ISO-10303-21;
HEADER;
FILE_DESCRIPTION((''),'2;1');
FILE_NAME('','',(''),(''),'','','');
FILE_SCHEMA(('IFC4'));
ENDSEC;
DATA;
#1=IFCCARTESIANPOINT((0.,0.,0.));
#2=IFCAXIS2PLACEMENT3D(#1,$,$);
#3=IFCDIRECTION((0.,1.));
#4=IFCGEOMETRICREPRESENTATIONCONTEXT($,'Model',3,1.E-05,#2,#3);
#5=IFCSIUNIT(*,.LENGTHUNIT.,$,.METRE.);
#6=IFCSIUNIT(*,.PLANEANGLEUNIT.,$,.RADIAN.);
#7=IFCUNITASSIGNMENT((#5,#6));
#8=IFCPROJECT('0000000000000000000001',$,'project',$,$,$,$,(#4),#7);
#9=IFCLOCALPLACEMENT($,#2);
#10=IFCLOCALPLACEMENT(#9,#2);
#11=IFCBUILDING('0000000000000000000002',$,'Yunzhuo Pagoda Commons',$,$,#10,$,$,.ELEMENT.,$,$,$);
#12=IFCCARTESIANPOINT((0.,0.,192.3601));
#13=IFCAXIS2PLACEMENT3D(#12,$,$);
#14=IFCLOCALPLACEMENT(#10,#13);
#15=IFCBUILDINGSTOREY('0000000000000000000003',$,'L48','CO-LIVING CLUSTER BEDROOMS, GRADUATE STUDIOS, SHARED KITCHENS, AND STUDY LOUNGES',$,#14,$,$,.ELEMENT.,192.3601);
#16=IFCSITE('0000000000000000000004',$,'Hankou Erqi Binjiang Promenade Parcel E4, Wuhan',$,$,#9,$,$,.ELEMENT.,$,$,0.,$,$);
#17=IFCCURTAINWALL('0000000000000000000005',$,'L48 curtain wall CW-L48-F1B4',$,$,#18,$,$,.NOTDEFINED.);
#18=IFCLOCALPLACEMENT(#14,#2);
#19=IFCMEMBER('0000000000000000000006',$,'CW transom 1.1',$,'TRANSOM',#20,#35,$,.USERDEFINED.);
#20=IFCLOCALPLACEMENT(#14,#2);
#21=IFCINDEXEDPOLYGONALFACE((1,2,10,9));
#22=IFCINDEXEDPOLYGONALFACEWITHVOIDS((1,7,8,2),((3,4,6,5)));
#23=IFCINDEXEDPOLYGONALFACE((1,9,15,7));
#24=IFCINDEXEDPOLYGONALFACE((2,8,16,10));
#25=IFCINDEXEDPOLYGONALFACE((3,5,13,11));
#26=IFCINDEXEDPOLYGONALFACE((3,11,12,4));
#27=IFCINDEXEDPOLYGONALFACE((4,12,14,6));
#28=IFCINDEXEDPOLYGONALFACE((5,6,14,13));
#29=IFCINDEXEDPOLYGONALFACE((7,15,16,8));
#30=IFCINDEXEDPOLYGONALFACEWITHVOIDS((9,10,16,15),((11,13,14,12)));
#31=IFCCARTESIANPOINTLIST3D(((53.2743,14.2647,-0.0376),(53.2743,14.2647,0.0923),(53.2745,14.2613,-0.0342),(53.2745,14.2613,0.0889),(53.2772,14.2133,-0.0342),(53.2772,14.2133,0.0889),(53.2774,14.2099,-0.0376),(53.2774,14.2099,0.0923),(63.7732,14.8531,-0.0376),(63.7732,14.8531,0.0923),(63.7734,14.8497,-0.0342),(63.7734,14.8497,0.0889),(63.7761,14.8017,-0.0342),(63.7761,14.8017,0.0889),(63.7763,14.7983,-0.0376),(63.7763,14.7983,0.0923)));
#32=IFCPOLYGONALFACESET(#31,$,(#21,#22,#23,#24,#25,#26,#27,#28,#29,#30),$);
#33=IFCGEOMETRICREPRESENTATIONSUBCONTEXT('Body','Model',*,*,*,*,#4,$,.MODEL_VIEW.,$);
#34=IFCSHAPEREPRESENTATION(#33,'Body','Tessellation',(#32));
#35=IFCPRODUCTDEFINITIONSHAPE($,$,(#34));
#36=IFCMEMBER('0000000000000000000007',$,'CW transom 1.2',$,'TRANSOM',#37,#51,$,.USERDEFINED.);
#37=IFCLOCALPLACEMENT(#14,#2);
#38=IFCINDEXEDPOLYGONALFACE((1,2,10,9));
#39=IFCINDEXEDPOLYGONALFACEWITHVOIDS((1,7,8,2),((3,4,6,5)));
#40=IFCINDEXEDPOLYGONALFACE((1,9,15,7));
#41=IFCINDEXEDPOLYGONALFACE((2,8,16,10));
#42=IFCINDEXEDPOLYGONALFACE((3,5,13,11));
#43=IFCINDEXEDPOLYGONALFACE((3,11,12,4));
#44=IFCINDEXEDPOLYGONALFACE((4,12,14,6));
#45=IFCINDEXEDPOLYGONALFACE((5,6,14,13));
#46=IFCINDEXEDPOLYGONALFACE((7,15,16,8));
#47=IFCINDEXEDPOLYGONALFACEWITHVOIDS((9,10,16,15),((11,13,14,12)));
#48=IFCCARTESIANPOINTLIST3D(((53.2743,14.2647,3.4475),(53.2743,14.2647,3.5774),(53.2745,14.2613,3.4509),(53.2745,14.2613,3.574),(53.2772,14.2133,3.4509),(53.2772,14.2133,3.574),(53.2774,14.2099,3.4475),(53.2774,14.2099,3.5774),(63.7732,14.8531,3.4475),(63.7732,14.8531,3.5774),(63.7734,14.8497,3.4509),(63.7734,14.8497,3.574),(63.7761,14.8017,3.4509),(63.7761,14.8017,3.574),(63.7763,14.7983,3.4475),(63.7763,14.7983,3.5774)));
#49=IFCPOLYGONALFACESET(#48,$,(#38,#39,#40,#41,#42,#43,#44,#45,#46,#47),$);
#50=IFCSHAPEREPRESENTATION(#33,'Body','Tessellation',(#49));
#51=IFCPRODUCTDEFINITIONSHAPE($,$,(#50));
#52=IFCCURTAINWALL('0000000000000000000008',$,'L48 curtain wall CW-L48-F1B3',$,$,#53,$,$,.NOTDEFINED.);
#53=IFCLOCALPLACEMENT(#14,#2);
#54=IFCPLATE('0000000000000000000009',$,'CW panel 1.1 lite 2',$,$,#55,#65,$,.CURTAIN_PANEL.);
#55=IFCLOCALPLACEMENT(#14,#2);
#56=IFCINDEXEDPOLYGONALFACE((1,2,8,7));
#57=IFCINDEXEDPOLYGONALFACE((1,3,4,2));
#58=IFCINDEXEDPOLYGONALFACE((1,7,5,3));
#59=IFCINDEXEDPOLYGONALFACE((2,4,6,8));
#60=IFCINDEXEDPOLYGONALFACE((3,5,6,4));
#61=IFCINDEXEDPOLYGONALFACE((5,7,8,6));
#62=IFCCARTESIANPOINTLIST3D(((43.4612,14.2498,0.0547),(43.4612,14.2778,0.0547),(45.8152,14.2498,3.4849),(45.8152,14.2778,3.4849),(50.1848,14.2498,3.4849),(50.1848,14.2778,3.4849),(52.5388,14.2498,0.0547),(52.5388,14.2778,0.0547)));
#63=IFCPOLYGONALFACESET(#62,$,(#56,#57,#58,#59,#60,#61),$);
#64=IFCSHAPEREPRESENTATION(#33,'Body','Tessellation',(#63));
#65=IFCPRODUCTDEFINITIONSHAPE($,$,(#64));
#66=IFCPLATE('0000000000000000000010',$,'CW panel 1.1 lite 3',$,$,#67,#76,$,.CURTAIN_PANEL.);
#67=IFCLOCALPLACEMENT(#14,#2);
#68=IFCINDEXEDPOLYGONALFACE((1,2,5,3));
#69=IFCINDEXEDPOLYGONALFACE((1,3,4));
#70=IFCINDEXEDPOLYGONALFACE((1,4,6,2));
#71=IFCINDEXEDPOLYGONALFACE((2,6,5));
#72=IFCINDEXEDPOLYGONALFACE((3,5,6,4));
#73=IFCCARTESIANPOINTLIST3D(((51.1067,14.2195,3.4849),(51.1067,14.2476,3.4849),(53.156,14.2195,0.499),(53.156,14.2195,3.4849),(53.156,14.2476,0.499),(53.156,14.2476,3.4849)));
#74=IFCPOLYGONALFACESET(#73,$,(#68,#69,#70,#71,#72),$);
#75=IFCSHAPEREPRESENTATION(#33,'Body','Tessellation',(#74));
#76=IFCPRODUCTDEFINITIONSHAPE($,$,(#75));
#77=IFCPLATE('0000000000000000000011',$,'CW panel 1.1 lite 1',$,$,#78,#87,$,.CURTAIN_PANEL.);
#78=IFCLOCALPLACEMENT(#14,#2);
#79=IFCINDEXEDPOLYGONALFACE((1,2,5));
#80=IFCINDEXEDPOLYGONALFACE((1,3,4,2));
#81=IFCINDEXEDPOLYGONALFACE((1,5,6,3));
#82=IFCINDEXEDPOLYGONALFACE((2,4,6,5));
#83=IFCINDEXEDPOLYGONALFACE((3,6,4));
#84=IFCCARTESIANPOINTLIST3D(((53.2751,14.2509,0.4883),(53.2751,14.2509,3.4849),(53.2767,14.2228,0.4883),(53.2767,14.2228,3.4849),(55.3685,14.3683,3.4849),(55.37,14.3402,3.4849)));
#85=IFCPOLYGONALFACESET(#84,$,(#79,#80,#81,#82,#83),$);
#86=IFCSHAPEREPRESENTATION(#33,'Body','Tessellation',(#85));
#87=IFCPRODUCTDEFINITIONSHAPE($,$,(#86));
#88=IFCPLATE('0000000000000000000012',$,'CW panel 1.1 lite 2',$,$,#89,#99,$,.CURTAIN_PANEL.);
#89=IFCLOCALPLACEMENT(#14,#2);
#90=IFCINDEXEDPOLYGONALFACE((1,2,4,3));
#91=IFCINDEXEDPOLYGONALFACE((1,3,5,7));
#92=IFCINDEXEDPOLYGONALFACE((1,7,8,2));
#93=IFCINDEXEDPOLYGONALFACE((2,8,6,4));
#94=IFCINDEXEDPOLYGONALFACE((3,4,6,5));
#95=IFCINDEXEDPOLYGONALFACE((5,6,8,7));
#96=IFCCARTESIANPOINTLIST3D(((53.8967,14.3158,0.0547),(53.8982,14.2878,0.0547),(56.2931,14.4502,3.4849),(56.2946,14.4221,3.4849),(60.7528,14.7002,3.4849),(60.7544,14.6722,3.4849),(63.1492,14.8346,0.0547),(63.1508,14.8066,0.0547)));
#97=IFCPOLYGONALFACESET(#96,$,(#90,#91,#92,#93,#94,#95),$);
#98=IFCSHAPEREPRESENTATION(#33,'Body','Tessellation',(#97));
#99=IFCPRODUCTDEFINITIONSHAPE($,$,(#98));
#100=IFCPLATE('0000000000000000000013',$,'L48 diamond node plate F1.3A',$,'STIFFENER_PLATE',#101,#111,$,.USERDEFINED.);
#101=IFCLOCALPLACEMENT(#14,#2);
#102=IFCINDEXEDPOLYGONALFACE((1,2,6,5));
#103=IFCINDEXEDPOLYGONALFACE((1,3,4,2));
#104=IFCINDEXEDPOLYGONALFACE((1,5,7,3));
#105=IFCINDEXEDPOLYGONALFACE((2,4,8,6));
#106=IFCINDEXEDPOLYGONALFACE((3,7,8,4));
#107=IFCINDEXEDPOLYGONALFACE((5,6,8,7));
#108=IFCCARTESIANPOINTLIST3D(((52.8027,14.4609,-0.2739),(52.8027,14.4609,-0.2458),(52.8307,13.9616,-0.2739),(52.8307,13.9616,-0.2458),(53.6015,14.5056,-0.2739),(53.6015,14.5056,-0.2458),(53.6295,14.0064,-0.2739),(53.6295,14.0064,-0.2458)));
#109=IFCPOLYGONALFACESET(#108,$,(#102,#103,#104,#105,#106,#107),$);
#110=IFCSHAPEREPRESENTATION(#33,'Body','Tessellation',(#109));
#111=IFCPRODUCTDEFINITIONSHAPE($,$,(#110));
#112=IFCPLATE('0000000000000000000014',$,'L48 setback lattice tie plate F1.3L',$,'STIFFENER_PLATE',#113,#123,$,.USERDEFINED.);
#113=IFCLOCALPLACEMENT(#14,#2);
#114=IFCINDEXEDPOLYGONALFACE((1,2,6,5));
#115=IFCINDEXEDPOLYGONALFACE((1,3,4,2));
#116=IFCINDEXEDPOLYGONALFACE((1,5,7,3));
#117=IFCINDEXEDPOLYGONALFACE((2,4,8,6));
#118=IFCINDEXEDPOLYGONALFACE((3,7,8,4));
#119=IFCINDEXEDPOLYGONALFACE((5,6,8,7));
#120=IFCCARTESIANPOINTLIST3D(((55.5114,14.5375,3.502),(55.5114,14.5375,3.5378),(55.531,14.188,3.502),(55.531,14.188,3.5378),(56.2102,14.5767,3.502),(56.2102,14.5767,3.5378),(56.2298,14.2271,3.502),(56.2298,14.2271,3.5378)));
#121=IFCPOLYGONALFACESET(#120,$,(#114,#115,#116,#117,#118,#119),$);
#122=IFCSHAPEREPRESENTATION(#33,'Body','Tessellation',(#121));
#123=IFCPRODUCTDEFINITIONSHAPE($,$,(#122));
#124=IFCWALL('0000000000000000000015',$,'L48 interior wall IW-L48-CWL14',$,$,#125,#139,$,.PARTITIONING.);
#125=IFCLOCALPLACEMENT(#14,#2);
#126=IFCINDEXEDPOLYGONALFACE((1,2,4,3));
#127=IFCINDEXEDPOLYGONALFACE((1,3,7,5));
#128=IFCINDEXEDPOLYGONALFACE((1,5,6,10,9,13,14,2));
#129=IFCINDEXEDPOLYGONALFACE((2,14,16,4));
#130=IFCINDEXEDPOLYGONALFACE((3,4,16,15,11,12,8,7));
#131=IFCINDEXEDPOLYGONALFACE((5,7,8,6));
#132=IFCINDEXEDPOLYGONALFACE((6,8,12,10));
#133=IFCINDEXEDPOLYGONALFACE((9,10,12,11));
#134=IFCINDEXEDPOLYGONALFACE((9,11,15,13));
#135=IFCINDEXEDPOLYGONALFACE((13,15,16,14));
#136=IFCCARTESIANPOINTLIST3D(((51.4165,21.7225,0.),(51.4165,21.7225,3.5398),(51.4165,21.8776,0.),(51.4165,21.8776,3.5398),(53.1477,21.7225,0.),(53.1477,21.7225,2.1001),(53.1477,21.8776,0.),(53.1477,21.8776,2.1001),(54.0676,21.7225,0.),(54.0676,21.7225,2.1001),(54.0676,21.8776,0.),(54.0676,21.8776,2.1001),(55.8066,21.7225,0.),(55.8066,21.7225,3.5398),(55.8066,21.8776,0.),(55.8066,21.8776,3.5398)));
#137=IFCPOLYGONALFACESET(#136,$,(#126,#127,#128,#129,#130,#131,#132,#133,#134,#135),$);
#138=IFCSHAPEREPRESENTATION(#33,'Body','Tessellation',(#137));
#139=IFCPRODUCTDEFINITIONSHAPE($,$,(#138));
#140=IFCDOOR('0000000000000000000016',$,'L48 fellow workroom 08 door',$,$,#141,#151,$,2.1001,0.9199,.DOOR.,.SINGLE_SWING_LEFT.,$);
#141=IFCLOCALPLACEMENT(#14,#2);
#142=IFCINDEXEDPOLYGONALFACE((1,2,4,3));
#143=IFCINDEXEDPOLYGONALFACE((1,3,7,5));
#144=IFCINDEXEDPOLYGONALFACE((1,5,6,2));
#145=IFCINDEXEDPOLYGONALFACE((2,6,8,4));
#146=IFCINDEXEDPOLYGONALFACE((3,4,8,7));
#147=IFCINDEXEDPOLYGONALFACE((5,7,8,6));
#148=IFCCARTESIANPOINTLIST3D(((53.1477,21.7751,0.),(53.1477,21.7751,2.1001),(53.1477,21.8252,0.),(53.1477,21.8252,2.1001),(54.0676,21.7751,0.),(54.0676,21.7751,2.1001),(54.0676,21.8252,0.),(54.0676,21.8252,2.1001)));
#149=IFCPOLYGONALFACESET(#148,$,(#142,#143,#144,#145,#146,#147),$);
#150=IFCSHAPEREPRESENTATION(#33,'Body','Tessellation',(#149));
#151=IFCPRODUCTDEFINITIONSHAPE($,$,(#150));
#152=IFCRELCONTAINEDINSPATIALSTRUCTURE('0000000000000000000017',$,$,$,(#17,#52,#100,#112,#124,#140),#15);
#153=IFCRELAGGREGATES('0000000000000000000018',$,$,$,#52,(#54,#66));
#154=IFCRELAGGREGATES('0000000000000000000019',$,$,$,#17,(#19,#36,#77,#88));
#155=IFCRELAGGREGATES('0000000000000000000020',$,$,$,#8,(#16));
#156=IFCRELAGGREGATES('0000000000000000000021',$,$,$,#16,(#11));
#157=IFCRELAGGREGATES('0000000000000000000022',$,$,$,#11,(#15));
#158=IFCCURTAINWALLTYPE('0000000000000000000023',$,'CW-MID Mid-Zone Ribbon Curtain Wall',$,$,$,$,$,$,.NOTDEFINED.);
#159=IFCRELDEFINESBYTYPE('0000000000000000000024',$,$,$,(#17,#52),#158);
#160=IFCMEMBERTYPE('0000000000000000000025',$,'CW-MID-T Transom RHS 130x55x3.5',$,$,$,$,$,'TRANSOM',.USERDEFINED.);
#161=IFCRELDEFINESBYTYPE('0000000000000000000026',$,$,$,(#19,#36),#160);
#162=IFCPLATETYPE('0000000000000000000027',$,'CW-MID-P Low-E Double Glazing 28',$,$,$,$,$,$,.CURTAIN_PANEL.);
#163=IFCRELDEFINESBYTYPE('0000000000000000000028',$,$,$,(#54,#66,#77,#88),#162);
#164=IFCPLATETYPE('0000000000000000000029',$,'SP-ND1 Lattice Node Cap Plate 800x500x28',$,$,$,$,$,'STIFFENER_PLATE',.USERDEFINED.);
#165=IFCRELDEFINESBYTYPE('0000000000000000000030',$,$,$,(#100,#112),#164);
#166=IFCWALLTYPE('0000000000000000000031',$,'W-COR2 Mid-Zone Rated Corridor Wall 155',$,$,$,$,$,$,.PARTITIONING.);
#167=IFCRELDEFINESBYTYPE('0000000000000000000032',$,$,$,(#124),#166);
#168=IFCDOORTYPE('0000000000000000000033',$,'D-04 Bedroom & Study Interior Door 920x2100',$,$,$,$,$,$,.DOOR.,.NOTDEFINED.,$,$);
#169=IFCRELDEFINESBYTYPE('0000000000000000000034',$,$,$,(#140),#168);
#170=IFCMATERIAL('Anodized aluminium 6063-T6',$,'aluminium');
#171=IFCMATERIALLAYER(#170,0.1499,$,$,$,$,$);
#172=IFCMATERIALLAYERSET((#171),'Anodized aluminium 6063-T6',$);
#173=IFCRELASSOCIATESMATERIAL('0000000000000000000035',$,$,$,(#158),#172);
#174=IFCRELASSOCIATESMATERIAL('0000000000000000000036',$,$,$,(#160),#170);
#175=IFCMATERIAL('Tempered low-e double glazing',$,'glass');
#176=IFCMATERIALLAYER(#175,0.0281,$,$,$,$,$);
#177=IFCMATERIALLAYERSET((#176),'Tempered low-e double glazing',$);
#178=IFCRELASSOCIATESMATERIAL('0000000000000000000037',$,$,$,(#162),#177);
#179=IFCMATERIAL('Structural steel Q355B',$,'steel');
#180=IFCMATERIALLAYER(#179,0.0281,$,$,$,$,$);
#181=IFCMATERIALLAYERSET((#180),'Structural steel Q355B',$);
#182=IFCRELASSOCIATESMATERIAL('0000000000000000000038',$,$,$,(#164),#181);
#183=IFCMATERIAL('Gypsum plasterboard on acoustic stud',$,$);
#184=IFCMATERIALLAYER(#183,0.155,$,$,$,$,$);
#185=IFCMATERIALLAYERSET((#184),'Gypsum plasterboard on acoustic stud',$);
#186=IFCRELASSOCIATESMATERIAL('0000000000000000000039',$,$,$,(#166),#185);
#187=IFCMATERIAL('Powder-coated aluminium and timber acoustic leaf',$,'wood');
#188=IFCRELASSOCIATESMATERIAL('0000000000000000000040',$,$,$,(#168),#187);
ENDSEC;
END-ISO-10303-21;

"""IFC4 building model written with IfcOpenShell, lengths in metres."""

from ifc_helpers import new_model, si_unit, direction, frame, frame_2d, origin, origin_with_axes, origin_2d, place, context, subcontext, project, spatial, polyline, rectangle, hollow_rectangle, outline, extrude, source, transform, mapped, material, layer, layer_set, material_profile, profile_set, type_object, element, fill, aggregate, save


model = new_model("IFC4")

# Units and contexts
model_context = context("Model", 3, precision=1e-05, world=origin(), true_north=direction((0.0, 1.0)))
body_context = subcontext(model_context, "Body", "Model", "MODEL_VIEW")
ifc_project = project(units=[si_unit("LENGTHUNIT", "METRE"), si_unit("PLANEANGLEUNIT", "RADIAN")], contexts=[model_context])

# Site, building, storey
site_placement = place(None, origin())
site = spatial("IfcSite", under=ifc_project, at=site_placement, Name="Hankou Erqi Binjiang Promenade Parcel E4, Wuhan", CompositionType="ELEMENT", RefElevation=0.0)
building_placement = place(site_placement, origin())
building = spatial("IfcBuilding", under=site, at=building_placement, Name="Yunzhuo Pagoda Commons", CompositionType="ELEMENT")
storey_placement = place(building_placement, frame((0.0, 0.0, 192.3601)))
storey = spatial("IfcBuildingStorey", under=building, at=storey_placement, Name="L48", Description="CO-LIVING CLUSTER BEDROOMS, GRADUATE STUDIOS, SHARED KITCHENS, AND STUDY LOUNGES", CompositionType="ELEMENT", Elevation=192.3601)

# Shared definitions
ifc_material_1 = material(Name="Structural steel Q355B", Category="steel")

# Curtain wall, members
ifc_material_2 = material(Name="Anodized aluminium 6063-T6", Category="aluminium")
ifc_layer_1 = layer(ifc_material_2, 0.1499)
ifc_layer_set_1 = layer_set([ifc_layer_1], Name="Anodized aluminium 6063-T6")
curtain_wall_type = type_object("IfcCurtainWallType", Name="CW-MID Mid-Zone Ribbon Curtain Wall", PredefinedType="NOTDEFINED", material=ifc_layer_set_1)
curtain_wall_1_placement = place(storey_placement, origin())
curtain_wall_1 = element("IfcCurtainWall", 1, at=curtain_wall_1_placement, inside=storey, type_object=curtain_wall_type, Name="L48 curtain wall CW-L48-F1B4", PredefinedType="NOTDEFINED")
ifc_material_profile_1 = material_profile(ifc_material_2, hollow_rectangle(XDim=0.0549, YDim=0.1299, WallThickness=0.0034, at=origin_2d()), Name="Anodized aluminium 6063-T6")
ifc_profile_set_1 = profile_set([ifc_material_profile_1], Name="Anodized aluminium 6063-T6")
member_type_1 = type_object("IfcMemberType", Name="CW-MID-T Transom RHS 130x55x3.5", ElementType="TRANSOM", PredefinedType="USERDEFINED", material=ifc_profile_set_1)
shared_shape_1 = source(origin(), body_context, "Body", "SweptSolid", [
    extrude(hollow_rectangle(XDim=0.0549, YDim=0.1299, WallThickness=0.0034, at=origin_2d()), origin(), (0.0, 0.0, 1.0), 10.5154),
])
member_1_placement = place(storey_placement, frame((53.2759, 14.2373, 0.0273), z_axis=(0.998433, 0.055954, 0.0), x_axis=(-0.055954, 0.998433, 0.0)))
member_1 = element("IfcMember", 2, at=member_1_placement, type_object=member_type_1, Name="CW transom 1.1", ObjectType="TRANSOM", PredefinedType="USERDEFINED", context=body_context, shape_type="MappedRepresentation", body=[
    mapped(shared_shape_1, transform((0.0, 0.0, 0.0), scale=1.0)),
])
member_2_placement = place(storey_placement, frame((53.2759, 14.2373, 3.5125), z_axis=(0.998433, 0.055954, 0.0), x_axis=(-0.055954, 0.998433, 0.0)))
member_2 = element("IfcMember", 3, at=member_2_placement, type_object=member_type_1, Name="CW transom 1.2", ObjectType="TRANSOM", PredefinedType="USERDEFINED", context=body_context, shape_type="MappedRepresentation", body=[
    mapped(shared_shape_1, transform((0.0, 0.0, 0.0), scale=1.0)),
])

# Curtain wall, plates
curtain_wall_2_placement = place(storey_placement, origin())
curtain_wall_2 = element("IfcCurtainWall", 4, at=curtain_wall_2_placement, inside=storey, type_object=curtain_wall_type, Name="L48 curtain wall CW-L48-F1B3", PredefinedType="NOTDEFINED")
ifc_material_3 = material(Name="Tempered low-e double glazing", Category="glass")
ifc_layer_2 = layer(ifc_material_3, 0.0281)
ifc_layer_set_2 = layer_set([ifc_layer_2], Name="Tempered low-e double glazing")
plate_type_1 = type_object("IfcPlateType", Name="CW-MID-P Low-E Double Glazing 28", PredefinedType="CURTAIN_PANEL", material=ifc_layer_set_2)
plate_1_placement = place(storey_placement, frame((48.0, 14.2778, 1.7698), z_axis=(0.0, -1.0, 0.0), x_axis=(1.0, 0.0, 0.0)))
plate_1 = element("IfcPlate", 5, at=plate_1_placement, type_object=plate_type_1, Name="CW panel 1.1 lite 2", PredefinedType="CURTAIN_PANEL", context=body_context, shape_type="SweptSolid", body=[
    extrude(outline(polyline([(-4.5388, -1.7151), (4.5388, -1.7151), (2.1848, 1.7151), (-2.1848, 1.7151), (-4.5388, -1.7151)])), origin(), (0.0, 0.0, 1.0), 0.0281),
])
plate_2_placement = place(storey_placement, frame((52.1313, 14.2476, 1.9919), z_axis=(0.0, -1.0, 0.0), x_axis=(1.0, 0.0, 0.0)))
plate_2 = element("IfcPlate", 6, at=plate_2_placement, type_object=plate_type_1, Name="CW panel 1.1 lite 3", PredefinedType="CURTAIN_PANEL", context=body_context, shape_type="SweptSolid", body=[
    extrude(outline(polyline([(-1.0247, 1.4929), (1.0247, -1.4929), (1.0247, 1.4929), (-1.0247, 1.4929)])), origin(), (0.0, 0.0, 1.0), 0.0281),
])
aggregate(curtain_wall_2, [plate_1, plate_2])

# Plates
plate_3_placement = place(storey_placement, frame((54.3218, 14.3096, 1.9866), z_axis=(0.055983, -0.998432, 0.0), x_axis=(0.998432, 0.055983, 0.0)))
plate_3 = element("IfcPlate", 7, at=plate_3_placement, type_object=plate_type_1, Name="CW panel 1.1 lite 1", PredefinedType="CURTAIN_PANEL", context=body_context, shape_type="SweptSolid", body=[
    extrude(outline(polyline([(-1.0483, -1.4983), (1.0483, 1.4983), (-1.0483, 1.4983), (-1.0483, -1.4983)])), origin(), (0.0, 0.0, 1.0), 0.0281),
])
plate_4_placement = place(storey_placement, frame((58.5229, 14.5752, 1.7698), z_axis=(0.055983, -0.998432, 0.0), x_axis=(0.998432, 0.055983, 0.0)))
plate_4 = element("IfcPlate", 8, at=plate_4_placement, type_object=plate_type_1, Name="CW panel 1.1 lite 2", PredefinedType="CURTAIN_PANEL", context=body_context, shape_type="SweptSolid", body=[
    extrude(outline(polyline([(-4.6335, -1.7151), (4.6335, -1.7151), (2.2334, 1.7151), (-2.2334, 1.7151), (-4.6335, -1.7151)])), origin(), (0.0, 0.0, 1.0), 0.0281),
])
aggregate(curtain_wall_1, [member_1, member_2, plate_3, plate_4])

# Plates
ifc_layer_3 = layer(ifc_material_1, 0.0281)
ifc_layer_set_3 = layer_set([ifc_layer_3], Name="Structural steel Q355B")
plate_type_2 = type_object("IfcPlateType", Name="SP-ND1 Lattice Node Cap Plate 800x500x28", ElementType="STIFFENER_PLATE", PredefinedType="USERDEFINED", material=ifc_layer_set_3)
shared_shape_2 = source(origin(), body_context, "Body", "SweptSolid", [
    extrude(rectangle(XDim=0.8, YDim=0.5, at=origin_2d()), origin(), (0.0, 0.0, 1.0), 0.0281),
])
plate_5_placement = place(storey_placement, frame((53.2161, 14.2336, -0.2739), z_axis=(0.0, 0.0, 1.0), x_axis=(0.998432, 0.055978, 0.0)))
element("IfcPlate", 9, at=plate_5_placement, inside=storey, type_object=plate_type_2, Name="L48 diamond node plate F1.3A", ObjectType="STIFFENER_PLATE", PredefinedType="USERDEFINED", context=body_context, shape_type="MappedRepresentation", body=[
    mapped(shared_shape_2, transform((0.0, 0.0, 0.0), scale=1.0)),
])
shared_shape_3 = source(origin(), body_context, "Body", "SweptSolid", [
    extrude(rectangle(XDim=0.7, YDim=0.3501, at=origin_2d()), origin(), (0.0, 0.0, 1.0), 0.0359),
])
plate_6_placement = place(storey_placement, frame((55.8706, 14.3823, 3.502), z_axis=(0.0, 0.0, 1.0), x_axis=(0.998432, 0.055978, 0.0)))
element("IfcPlate", 10, at=plate_6_placement, inside=storey, type_object=plate_type_2, Name="L48 setback lattice tie plate F1.3L", ObjectType="STIFFENER_PLATE", PredefinedType="USERDEFINED", context=body_context, shape_type="MappedRepresentation", body=[
    mapped(shared_shape_3, transform((0.0, 0.0, 0.0), scale=1.0)),
])

# Wall, opening, door
ifc_material_4 = material(Name="Gypsum plasterboard on acoustic stud")
ifc_layer_4 = layer(ifc_material_4, 0.155)
ifc_layer_set_4 = layer_set([ifc_layer_4], Name="Gypsum plasterboard on acoustic stud")
wall_type_1 = type_object("IfcWallType", Name="W-COR2 Mid-Zone Rated Corridor Wall 155", PredefinedType="PARTITIONING", material=ifc_layer_set_4)
wall_1_placement = place(storey_placement, frame((55.8066, 21.8, 0.0), z_axis=(0.0, 0.0, 1.0), x_axis=(-1.0, 0.0, 0.0)))
wall_1 = element("IfcWall", 11, at=wall_1_placement, inside=storey, type_object=wall_type_1, Name="L48 interior wall IW-L48-CWL14", PredefinedType="PARTITIONING", context=body_context, shape_type="SweptSolid", body=[
    extrude(rectangle(XDim=4.3901, YDim=0.155, at=frame_2d((2.1951, 0.0))), origin(), (0.0, 0.0, 1.0), 3.5398),
])
opening_1_placement = place(wall_1_placement, frame((1.739, 0.0, 0.0)))
opening_1 = element("IfcOpeningElement", 12, at=opening_1_placement, cuts=wall_1, PredefinedType="OPENING", context=body_context, shape_type="SweptSolid", body=[
    extrude(rectangle(XDim=0.9199, YDim=2.1001, at=frame_2d((0.46, 1.05))), frame((0.0, 0.0874, 0.0), z_axis=(0.0, -1.0, 0.0), x_axis=(1.0, 0.0, 0.0)), (0.0, 0.0, 1.0), 0.175),
])
ifc_material_5 = material(Name="Powder-coated aluminium and timber acoustic leaf", Category="wood")
door_type_1 = type_object("IfcDoorType", Name="D-04 Bedroom & Study Interior Door 920x2100", OperationType="NOTDEFINED", PredefinedType="DOOR", material=ifc_material_5)
shared_shape_4 = source(origin(), body_context, "Body", "SweptSolid", [
    extrude(rectangle(XDim=0.9199, YDim=2.1001, at=frame_2d((0.46, 1.05))), frame((0.0, 0.0249, 0.0), z_axis=(0.0, -1.0, 0.0), x_axis=(1.0, 0.0, 0.0)), (0.0, 0.0, 1.0), 0.05),
])
door_1_placement = place(opening_1_placement, origin_with_axes())
door_1 = element("IfcDoor", 13, at=door_1_placement, inside=storey, type_object=door_type_1, Name="L48 fellow workroom 08 door", OperationType="SINGLE_SWING_LEFT", OverallHeight=2.1001, OverallWidth=0.9199, PredefinedType="DOOR", context=body_context, shape_type="MappedRepresentation", body=[
    mapped(shared_shape_4, transform((0.0, 0.0, 0.0), scale=1.0)),
])
fill(opening_1, door_1)

save(model, "model.ifc")
